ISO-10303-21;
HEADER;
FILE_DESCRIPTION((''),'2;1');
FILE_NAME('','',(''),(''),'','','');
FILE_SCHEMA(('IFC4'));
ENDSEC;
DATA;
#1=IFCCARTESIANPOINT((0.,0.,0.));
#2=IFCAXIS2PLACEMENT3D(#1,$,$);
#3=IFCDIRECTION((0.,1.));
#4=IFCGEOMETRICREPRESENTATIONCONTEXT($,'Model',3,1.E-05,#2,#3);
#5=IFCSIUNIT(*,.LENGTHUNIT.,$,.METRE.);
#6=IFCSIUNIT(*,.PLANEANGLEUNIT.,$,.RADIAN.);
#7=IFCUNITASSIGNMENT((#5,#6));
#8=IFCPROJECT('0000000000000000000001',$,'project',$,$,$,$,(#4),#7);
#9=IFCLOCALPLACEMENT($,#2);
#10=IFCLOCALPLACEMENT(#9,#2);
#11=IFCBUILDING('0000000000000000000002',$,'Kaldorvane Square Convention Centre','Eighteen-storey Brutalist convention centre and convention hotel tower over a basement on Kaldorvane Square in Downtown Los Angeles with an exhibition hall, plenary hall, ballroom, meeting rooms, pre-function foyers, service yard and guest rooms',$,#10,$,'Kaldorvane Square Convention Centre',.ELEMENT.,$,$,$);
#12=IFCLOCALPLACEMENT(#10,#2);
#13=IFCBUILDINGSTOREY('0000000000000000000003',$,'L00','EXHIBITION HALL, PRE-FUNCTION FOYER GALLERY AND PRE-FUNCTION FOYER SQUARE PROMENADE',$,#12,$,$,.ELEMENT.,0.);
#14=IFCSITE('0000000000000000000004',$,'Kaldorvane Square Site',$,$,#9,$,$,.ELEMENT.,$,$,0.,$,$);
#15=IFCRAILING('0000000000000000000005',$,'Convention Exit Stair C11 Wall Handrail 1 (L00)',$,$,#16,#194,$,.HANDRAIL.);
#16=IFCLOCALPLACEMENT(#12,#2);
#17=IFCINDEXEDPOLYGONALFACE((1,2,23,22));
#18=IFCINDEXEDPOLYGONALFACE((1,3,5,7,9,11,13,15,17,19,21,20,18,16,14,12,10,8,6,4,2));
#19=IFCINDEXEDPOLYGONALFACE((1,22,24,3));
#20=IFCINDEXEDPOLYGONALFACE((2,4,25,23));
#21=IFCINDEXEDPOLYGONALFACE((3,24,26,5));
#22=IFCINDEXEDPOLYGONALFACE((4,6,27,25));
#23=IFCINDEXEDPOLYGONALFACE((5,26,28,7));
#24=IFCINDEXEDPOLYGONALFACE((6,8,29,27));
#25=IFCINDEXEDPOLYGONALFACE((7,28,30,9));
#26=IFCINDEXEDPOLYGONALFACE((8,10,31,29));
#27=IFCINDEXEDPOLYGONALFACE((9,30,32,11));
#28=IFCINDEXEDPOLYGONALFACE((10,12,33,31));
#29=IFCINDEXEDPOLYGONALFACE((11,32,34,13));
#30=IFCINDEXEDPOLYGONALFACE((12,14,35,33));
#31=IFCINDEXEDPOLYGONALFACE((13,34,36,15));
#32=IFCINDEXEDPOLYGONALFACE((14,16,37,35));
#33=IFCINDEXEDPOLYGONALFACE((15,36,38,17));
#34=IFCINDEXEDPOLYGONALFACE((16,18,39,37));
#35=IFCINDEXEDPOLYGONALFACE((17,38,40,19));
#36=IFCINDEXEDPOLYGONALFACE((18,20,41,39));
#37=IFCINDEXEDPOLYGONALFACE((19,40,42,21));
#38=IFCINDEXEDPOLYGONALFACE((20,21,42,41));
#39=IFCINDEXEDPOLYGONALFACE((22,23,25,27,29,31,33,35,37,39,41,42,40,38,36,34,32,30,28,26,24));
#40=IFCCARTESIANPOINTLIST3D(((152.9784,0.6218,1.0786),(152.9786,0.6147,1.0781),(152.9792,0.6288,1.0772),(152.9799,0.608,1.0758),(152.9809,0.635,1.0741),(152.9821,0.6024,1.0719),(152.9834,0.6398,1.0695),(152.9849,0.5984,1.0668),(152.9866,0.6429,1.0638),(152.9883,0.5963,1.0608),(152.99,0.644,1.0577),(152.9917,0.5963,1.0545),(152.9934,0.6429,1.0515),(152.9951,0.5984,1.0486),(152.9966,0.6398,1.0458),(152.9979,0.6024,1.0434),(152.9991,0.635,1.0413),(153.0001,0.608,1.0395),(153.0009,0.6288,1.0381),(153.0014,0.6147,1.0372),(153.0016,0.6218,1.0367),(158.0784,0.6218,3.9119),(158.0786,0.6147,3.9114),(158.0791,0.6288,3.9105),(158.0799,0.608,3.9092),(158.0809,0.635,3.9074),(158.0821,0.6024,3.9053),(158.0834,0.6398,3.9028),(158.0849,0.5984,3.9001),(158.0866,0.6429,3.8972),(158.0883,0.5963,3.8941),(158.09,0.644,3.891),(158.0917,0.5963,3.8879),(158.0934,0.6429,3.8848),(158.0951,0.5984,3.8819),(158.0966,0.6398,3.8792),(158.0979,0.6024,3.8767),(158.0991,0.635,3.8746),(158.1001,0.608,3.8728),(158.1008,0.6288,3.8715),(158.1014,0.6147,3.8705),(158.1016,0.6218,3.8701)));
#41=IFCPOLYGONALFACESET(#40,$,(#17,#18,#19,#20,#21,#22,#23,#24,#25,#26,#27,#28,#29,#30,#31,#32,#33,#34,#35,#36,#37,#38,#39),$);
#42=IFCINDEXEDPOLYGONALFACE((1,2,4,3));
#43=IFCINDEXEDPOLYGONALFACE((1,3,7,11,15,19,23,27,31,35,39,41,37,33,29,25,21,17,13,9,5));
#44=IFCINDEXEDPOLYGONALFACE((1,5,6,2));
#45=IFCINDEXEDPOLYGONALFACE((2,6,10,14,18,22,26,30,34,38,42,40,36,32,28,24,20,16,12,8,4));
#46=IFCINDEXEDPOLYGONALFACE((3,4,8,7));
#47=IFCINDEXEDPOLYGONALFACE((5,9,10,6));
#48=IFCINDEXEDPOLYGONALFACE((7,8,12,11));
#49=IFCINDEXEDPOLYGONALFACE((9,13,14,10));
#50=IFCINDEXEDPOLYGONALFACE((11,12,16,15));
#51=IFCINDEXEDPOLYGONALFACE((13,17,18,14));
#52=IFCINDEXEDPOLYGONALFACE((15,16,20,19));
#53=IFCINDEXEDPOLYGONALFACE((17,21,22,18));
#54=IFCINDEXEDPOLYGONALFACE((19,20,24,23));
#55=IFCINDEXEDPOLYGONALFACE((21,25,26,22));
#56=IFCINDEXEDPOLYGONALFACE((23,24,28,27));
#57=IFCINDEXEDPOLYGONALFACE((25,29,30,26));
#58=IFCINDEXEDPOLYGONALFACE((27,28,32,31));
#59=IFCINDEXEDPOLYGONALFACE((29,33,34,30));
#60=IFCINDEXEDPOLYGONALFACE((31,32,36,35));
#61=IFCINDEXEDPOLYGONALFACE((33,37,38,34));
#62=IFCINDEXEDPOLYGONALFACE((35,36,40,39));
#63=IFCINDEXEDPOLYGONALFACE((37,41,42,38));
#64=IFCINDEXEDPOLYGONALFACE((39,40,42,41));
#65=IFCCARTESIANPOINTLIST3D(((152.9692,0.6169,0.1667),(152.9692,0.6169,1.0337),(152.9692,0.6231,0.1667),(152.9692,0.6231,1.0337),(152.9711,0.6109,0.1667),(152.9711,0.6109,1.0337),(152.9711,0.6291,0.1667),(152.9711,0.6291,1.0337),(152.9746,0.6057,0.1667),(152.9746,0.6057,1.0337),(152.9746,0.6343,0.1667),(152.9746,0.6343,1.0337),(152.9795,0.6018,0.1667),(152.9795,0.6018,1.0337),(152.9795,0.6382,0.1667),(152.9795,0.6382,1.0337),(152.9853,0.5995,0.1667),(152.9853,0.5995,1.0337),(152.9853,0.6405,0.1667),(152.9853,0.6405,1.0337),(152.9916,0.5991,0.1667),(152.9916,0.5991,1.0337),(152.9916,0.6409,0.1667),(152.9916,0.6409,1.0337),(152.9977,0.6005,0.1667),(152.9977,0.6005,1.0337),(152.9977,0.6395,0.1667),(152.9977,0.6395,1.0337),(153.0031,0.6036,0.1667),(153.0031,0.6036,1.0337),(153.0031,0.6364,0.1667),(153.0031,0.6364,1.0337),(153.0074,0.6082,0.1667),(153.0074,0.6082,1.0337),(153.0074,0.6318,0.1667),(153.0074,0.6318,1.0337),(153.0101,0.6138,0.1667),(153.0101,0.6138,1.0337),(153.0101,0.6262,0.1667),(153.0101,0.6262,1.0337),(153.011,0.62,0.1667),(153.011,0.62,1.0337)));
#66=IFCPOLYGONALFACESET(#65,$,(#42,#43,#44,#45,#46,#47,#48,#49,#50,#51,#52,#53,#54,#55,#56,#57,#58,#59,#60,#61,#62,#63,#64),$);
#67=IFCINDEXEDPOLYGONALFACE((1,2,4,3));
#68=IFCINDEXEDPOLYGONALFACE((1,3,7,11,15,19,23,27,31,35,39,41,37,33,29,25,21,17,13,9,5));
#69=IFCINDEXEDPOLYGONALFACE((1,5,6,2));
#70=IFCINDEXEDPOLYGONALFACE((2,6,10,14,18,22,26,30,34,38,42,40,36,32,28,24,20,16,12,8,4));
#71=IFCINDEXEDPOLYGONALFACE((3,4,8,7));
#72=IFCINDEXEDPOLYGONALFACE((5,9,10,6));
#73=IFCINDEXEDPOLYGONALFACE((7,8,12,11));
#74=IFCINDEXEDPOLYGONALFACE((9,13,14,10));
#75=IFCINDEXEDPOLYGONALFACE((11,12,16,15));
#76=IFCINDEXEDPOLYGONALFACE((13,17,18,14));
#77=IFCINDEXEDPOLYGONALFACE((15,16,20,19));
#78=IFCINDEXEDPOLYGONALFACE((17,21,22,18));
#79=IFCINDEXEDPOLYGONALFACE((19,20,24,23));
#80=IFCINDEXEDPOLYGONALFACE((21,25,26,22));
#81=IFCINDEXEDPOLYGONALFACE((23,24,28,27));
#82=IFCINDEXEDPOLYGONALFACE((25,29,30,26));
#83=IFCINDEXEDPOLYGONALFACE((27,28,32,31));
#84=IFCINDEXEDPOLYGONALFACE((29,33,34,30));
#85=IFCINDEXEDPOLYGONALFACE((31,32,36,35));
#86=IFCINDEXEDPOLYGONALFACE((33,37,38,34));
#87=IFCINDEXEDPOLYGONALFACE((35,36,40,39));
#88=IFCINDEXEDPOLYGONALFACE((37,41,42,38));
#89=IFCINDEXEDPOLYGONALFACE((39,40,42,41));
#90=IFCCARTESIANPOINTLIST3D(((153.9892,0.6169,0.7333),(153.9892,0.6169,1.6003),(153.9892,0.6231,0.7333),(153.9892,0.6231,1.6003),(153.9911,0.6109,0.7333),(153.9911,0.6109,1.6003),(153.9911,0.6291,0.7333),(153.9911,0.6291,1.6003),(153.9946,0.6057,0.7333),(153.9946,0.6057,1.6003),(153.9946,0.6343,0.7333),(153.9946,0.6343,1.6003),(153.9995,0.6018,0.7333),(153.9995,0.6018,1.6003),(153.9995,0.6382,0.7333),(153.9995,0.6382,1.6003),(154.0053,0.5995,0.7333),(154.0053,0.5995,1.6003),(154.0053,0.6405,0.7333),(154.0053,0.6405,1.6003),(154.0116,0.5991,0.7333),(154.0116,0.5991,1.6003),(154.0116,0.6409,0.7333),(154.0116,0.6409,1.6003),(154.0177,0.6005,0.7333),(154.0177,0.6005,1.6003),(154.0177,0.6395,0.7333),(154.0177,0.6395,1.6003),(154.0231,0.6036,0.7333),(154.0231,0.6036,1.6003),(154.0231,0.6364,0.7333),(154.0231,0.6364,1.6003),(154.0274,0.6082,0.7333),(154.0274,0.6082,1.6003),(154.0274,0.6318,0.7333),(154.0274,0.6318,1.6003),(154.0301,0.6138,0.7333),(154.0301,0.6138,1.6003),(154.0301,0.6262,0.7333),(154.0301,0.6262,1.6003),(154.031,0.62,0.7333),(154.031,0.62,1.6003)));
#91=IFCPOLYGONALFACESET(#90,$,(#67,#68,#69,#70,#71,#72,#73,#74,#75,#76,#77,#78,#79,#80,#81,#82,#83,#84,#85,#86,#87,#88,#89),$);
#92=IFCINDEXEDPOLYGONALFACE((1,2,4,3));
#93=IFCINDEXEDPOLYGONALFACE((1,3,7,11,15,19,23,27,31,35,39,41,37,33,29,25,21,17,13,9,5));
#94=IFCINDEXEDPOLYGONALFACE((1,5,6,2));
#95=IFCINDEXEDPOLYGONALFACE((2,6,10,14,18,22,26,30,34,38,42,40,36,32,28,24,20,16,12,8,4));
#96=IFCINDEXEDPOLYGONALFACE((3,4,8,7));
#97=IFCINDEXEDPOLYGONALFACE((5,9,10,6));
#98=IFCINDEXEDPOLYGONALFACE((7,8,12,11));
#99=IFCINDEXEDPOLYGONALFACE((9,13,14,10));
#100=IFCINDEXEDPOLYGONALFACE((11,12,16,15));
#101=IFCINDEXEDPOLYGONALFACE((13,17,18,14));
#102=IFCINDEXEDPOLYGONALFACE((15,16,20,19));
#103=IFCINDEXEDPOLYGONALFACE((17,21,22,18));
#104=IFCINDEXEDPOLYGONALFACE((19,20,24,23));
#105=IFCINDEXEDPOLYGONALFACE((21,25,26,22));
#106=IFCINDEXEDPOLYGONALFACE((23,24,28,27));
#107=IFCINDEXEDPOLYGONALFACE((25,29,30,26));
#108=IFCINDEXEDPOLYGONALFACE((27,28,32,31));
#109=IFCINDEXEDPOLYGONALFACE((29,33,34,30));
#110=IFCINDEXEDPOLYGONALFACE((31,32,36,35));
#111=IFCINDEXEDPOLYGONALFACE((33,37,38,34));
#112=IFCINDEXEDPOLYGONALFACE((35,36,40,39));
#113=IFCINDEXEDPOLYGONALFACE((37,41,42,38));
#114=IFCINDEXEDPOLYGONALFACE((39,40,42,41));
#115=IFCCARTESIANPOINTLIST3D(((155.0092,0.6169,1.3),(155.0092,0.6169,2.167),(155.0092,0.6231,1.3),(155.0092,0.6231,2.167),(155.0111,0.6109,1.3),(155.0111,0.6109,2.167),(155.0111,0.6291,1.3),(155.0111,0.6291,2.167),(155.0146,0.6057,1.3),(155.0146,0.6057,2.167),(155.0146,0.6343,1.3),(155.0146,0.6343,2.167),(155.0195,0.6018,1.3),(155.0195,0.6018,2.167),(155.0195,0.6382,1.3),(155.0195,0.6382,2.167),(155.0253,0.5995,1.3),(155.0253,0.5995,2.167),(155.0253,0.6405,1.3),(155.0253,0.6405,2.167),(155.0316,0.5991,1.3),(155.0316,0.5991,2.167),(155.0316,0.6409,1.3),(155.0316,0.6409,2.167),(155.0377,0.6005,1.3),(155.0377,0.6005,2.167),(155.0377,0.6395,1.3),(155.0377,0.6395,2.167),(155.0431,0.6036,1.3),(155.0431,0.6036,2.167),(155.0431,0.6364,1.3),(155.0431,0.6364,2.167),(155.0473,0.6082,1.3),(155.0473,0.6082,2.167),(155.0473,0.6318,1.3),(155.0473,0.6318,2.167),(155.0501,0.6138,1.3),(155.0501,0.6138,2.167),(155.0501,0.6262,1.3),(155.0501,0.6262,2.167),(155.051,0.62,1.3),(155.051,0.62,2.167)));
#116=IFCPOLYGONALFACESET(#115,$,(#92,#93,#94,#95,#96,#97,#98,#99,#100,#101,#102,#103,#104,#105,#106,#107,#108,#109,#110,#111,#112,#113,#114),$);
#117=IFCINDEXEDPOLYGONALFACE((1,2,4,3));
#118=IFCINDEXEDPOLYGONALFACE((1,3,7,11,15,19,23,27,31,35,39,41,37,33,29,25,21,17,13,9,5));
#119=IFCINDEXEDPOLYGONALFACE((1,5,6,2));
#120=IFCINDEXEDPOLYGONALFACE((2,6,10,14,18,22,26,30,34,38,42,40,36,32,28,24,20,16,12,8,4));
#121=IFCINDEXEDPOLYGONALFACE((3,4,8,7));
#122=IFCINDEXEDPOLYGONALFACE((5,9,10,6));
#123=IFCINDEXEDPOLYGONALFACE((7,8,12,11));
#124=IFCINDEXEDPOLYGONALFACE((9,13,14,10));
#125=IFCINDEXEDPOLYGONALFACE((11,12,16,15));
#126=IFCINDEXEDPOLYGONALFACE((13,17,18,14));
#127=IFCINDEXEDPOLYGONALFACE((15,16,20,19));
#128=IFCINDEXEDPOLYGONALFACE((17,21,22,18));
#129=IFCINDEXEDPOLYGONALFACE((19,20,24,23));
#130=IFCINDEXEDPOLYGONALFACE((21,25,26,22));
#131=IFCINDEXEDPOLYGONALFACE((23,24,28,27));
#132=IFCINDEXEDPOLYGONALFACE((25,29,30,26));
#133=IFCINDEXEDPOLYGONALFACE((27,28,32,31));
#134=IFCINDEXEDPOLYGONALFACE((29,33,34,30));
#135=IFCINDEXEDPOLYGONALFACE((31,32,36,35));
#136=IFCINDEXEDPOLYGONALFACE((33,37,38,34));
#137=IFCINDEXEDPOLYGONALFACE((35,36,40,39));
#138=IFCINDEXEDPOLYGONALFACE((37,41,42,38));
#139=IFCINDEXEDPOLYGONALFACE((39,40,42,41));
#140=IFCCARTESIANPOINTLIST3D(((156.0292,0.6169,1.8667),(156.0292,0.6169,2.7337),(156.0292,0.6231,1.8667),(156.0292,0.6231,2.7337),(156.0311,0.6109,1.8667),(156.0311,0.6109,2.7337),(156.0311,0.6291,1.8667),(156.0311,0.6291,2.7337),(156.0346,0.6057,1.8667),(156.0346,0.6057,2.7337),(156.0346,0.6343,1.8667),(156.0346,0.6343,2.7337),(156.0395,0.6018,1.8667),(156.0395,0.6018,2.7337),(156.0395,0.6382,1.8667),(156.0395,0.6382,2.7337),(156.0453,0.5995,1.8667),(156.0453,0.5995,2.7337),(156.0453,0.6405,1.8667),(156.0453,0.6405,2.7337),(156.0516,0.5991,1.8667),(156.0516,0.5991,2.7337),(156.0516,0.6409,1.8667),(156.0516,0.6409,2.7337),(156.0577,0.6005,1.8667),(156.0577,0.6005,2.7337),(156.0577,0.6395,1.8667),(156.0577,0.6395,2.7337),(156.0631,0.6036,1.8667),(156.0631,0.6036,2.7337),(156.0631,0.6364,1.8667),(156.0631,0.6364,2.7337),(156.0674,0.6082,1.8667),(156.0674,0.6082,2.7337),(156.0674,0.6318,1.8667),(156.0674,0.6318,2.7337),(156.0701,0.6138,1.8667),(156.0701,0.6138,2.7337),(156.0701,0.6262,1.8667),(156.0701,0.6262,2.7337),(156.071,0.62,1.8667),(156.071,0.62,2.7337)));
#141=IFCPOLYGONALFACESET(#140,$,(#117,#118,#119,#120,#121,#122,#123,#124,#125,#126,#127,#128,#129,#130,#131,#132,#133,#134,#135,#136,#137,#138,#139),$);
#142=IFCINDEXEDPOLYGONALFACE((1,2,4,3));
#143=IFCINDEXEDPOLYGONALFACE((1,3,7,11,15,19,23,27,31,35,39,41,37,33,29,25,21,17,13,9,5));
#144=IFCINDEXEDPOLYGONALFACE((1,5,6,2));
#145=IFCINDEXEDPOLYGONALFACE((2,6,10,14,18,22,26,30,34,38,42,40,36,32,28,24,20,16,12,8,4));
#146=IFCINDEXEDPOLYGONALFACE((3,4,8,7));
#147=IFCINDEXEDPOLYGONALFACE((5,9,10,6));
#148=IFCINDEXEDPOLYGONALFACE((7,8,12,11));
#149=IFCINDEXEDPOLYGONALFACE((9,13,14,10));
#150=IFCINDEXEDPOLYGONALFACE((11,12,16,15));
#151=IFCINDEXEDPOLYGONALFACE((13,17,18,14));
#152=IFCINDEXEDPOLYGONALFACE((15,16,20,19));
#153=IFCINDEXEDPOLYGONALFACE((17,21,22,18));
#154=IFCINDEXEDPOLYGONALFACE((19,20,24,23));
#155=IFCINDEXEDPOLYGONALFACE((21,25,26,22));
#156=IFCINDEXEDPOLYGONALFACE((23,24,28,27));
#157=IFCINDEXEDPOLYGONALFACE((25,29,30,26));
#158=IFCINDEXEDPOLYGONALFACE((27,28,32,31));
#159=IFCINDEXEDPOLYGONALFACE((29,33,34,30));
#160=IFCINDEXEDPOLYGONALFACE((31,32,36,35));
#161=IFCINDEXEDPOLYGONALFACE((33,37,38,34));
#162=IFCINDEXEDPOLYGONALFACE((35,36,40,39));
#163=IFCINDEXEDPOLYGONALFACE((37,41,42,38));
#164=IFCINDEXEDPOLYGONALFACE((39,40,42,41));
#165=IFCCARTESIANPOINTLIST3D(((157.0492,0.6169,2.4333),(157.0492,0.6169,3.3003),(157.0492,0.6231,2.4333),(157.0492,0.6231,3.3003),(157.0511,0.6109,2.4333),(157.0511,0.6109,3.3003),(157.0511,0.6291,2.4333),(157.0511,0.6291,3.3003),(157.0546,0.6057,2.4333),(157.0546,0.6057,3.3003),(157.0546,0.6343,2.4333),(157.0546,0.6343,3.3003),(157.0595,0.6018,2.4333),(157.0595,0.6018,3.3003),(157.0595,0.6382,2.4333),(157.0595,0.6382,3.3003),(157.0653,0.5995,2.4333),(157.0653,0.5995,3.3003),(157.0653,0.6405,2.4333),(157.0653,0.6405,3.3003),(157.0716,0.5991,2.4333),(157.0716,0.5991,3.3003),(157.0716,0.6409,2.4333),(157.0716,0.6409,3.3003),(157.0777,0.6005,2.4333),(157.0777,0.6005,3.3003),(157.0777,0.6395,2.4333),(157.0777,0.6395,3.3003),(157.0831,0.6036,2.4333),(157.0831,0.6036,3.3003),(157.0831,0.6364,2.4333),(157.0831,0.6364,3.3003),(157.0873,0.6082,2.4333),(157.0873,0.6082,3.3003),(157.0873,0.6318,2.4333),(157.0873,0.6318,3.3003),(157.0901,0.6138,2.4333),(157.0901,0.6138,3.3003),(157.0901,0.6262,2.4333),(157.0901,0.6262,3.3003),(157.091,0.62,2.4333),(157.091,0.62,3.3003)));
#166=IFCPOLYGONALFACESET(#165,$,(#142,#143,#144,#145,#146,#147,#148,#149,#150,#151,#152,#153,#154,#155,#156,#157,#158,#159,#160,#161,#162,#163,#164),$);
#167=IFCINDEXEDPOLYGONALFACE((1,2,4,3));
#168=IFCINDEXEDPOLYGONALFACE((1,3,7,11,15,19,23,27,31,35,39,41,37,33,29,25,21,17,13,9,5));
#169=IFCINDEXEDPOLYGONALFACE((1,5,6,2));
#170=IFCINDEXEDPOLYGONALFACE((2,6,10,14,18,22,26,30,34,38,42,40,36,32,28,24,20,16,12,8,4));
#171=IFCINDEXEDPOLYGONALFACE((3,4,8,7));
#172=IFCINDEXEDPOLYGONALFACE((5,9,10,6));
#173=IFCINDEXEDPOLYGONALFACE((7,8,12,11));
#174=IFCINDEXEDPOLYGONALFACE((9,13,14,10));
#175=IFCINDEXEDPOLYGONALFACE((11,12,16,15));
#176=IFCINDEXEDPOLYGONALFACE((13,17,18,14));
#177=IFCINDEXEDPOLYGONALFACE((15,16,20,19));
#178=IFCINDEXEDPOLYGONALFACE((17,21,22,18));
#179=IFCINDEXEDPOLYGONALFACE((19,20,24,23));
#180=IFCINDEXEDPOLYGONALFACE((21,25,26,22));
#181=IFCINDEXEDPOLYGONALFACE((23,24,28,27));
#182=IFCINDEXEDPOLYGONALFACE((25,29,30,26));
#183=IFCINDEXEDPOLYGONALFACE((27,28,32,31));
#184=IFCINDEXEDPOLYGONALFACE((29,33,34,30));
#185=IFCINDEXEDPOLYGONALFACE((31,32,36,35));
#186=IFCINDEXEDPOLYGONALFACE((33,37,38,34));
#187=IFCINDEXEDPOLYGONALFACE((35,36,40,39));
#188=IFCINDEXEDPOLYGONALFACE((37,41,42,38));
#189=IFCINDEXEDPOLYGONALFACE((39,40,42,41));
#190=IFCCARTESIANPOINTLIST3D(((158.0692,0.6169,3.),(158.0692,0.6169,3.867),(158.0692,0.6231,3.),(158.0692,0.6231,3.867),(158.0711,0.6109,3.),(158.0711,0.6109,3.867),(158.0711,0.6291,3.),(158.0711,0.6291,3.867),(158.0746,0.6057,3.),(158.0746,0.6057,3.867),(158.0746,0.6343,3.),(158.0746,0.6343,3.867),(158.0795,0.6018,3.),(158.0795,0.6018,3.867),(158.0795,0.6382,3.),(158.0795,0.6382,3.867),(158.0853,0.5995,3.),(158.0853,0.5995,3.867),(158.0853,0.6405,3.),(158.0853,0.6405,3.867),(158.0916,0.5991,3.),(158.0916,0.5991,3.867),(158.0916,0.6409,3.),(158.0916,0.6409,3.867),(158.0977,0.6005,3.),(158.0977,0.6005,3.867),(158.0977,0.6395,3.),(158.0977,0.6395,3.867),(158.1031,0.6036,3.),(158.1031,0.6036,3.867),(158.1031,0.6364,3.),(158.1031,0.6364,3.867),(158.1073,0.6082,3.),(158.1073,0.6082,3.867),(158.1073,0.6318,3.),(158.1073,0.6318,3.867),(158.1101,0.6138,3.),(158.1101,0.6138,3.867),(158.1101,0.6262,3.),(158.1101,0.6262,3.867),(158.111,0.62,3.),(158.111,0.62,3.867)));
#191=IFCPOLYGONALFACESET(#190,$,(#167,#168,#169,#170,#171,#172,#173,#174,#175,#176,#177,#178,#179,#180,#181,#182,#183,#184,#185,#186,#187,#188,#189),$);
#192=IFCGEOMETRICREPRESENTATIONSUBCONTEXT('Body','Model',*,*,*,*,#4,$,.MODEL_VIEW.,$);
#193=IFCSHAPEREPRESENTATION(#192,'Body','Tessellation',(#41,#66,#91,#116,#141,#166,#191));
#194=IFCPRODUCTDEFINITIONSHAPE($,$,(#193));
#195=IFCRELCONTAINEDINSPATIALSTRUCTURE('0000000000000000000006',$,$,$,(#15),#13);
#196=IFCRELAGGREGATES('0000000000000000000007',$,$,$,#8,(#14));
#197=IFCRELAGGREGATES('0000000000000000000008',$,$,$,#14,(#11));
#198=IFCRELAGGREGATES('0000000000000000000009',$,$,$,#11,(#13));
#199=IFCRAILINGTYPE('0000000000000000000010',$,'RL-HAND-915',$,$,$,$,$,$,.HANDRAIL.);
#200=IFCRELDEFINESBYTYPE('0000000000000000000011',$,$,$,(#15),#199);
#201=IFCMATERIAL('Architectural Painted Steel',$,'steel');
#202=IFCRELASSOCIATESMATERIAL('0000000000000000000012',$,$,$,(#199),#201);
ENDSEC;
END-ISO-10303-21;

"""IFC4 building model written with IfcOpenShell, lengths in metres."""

from ifc_helpers import new_model, si_unit, direction, frame, origin, origin_2d, place, context, subcontext, project, spatial, circle, extrude, material, type_object, element, save


model = new_model("IFC4")

# Units and contexts
model_context = context("Model", 3, precision=1e-05, world=origin(), true_north=direction((0.0, 1.0)))
body_context = subcontext(model_context, "Body", "Model", "MODEL_VIEW")
ifc_project = project(units=[si_unit("LENGTHUNIT", "METRE"), si_unit("PLANEANGLEUNIT", "RADIAN")], contexts=[model_context])

# Site, building, storey
site_placement = place(None, origin())
site = spatial("IfcSite", under=ifc_project, at=site_placement, Name="Kaldorvane Square Site", CompositionType="ELEMENT", RefElevation=0.0)
building_placement = place(site_placement, origin())
building = spatial("IfcBuilding", under=site, at=building_placement, Name="Kaldorvane Square Convention Centre", Description="Eighteen-storey Brutalist convention centre and convention hotel tower over a basement on Kaldorvane Square in Downtown Los Angeles with an exhibition hall, plenary hall, ballroom, meeting rooms, pre-function foyers, service yard and guest rooms", LongName="Kaldorvane Square Convention Centre", CompositionType="ELEMENT")
storey_placement = place(building_placement, origin())
storey = spatial("IfcBuildingStorey", under=building, at=storey_placement, Name="L00", Description="EXHIBITION HALL, PRE-FUNCTION FOYER GALLERY AND PRE-FUNCTION FOYER SQUARE PROMENADE", CompositionType="ELEMENT", Elevation=0.0)

# Railing
ifc_material_1 = material(Name="Architectural Painted Steel", Category="steel")
railing_type_1 = type_object("IfcRailingType", Name="RL-HAND-915", PredefinedType="HANDRAIL", material=ifc_material_1)
railing_1_placement = place(storey_placement, frame((152.99, 0.62, 0.1667)))
element("IfcRailing", 1, at=railing_1_placement, inside=storey, type_object=railing_type_1, Name="Convention Exit Stair C11 Wall Handrail 1 (L00)", PredefinedType="HANDRAIL", context=body_context, shape_type="SweptSolid", body=[
    extrude(circle(Radius=0.024, at=origin_2d()), frame((0.0, 0.0, 0.891), z_axis=(0.874157, 0.0, 0.485643), x_axis=(0.0, 1.0, 0.0)), (0.0, 0.0, 1.0), 5.8342),
    extrude(circle(Radius=0.021, at=origin_2d()), origin(), (0.0, 0.0, 1.0), 0.867),
    extrude(circle(Radius=0.021, at=origin_2d()), frame((1.02, 0.0, 0.5667)), (0.0, 0.0, 1.0), 0.867),
    extrude(circle(Radius=0.021, at=origin_2d()), frame((2.04, 0.0, 1.1333)), (0.0, 0.0, 1.0), 0.867),
    extrude(circle(Radius=0.021, at=origin_2d()), frame((3.06, 0.0, 1.7)), (0.0, 0.0, 1.0), 0.867),
    extrude(circle(Radius=0.021, at=origin_2d()), frame((4.08, 0.0, 2.2667)), (0.0, 0.0, 1.0), 0.867),
    extrude(circle(Radius=0.021, at=origin_2d()), frame((5.1, 0.0, 2.8333)), (0.0, 0.0, 1.0), 0.867),
])

save(model, "model.ifc")
